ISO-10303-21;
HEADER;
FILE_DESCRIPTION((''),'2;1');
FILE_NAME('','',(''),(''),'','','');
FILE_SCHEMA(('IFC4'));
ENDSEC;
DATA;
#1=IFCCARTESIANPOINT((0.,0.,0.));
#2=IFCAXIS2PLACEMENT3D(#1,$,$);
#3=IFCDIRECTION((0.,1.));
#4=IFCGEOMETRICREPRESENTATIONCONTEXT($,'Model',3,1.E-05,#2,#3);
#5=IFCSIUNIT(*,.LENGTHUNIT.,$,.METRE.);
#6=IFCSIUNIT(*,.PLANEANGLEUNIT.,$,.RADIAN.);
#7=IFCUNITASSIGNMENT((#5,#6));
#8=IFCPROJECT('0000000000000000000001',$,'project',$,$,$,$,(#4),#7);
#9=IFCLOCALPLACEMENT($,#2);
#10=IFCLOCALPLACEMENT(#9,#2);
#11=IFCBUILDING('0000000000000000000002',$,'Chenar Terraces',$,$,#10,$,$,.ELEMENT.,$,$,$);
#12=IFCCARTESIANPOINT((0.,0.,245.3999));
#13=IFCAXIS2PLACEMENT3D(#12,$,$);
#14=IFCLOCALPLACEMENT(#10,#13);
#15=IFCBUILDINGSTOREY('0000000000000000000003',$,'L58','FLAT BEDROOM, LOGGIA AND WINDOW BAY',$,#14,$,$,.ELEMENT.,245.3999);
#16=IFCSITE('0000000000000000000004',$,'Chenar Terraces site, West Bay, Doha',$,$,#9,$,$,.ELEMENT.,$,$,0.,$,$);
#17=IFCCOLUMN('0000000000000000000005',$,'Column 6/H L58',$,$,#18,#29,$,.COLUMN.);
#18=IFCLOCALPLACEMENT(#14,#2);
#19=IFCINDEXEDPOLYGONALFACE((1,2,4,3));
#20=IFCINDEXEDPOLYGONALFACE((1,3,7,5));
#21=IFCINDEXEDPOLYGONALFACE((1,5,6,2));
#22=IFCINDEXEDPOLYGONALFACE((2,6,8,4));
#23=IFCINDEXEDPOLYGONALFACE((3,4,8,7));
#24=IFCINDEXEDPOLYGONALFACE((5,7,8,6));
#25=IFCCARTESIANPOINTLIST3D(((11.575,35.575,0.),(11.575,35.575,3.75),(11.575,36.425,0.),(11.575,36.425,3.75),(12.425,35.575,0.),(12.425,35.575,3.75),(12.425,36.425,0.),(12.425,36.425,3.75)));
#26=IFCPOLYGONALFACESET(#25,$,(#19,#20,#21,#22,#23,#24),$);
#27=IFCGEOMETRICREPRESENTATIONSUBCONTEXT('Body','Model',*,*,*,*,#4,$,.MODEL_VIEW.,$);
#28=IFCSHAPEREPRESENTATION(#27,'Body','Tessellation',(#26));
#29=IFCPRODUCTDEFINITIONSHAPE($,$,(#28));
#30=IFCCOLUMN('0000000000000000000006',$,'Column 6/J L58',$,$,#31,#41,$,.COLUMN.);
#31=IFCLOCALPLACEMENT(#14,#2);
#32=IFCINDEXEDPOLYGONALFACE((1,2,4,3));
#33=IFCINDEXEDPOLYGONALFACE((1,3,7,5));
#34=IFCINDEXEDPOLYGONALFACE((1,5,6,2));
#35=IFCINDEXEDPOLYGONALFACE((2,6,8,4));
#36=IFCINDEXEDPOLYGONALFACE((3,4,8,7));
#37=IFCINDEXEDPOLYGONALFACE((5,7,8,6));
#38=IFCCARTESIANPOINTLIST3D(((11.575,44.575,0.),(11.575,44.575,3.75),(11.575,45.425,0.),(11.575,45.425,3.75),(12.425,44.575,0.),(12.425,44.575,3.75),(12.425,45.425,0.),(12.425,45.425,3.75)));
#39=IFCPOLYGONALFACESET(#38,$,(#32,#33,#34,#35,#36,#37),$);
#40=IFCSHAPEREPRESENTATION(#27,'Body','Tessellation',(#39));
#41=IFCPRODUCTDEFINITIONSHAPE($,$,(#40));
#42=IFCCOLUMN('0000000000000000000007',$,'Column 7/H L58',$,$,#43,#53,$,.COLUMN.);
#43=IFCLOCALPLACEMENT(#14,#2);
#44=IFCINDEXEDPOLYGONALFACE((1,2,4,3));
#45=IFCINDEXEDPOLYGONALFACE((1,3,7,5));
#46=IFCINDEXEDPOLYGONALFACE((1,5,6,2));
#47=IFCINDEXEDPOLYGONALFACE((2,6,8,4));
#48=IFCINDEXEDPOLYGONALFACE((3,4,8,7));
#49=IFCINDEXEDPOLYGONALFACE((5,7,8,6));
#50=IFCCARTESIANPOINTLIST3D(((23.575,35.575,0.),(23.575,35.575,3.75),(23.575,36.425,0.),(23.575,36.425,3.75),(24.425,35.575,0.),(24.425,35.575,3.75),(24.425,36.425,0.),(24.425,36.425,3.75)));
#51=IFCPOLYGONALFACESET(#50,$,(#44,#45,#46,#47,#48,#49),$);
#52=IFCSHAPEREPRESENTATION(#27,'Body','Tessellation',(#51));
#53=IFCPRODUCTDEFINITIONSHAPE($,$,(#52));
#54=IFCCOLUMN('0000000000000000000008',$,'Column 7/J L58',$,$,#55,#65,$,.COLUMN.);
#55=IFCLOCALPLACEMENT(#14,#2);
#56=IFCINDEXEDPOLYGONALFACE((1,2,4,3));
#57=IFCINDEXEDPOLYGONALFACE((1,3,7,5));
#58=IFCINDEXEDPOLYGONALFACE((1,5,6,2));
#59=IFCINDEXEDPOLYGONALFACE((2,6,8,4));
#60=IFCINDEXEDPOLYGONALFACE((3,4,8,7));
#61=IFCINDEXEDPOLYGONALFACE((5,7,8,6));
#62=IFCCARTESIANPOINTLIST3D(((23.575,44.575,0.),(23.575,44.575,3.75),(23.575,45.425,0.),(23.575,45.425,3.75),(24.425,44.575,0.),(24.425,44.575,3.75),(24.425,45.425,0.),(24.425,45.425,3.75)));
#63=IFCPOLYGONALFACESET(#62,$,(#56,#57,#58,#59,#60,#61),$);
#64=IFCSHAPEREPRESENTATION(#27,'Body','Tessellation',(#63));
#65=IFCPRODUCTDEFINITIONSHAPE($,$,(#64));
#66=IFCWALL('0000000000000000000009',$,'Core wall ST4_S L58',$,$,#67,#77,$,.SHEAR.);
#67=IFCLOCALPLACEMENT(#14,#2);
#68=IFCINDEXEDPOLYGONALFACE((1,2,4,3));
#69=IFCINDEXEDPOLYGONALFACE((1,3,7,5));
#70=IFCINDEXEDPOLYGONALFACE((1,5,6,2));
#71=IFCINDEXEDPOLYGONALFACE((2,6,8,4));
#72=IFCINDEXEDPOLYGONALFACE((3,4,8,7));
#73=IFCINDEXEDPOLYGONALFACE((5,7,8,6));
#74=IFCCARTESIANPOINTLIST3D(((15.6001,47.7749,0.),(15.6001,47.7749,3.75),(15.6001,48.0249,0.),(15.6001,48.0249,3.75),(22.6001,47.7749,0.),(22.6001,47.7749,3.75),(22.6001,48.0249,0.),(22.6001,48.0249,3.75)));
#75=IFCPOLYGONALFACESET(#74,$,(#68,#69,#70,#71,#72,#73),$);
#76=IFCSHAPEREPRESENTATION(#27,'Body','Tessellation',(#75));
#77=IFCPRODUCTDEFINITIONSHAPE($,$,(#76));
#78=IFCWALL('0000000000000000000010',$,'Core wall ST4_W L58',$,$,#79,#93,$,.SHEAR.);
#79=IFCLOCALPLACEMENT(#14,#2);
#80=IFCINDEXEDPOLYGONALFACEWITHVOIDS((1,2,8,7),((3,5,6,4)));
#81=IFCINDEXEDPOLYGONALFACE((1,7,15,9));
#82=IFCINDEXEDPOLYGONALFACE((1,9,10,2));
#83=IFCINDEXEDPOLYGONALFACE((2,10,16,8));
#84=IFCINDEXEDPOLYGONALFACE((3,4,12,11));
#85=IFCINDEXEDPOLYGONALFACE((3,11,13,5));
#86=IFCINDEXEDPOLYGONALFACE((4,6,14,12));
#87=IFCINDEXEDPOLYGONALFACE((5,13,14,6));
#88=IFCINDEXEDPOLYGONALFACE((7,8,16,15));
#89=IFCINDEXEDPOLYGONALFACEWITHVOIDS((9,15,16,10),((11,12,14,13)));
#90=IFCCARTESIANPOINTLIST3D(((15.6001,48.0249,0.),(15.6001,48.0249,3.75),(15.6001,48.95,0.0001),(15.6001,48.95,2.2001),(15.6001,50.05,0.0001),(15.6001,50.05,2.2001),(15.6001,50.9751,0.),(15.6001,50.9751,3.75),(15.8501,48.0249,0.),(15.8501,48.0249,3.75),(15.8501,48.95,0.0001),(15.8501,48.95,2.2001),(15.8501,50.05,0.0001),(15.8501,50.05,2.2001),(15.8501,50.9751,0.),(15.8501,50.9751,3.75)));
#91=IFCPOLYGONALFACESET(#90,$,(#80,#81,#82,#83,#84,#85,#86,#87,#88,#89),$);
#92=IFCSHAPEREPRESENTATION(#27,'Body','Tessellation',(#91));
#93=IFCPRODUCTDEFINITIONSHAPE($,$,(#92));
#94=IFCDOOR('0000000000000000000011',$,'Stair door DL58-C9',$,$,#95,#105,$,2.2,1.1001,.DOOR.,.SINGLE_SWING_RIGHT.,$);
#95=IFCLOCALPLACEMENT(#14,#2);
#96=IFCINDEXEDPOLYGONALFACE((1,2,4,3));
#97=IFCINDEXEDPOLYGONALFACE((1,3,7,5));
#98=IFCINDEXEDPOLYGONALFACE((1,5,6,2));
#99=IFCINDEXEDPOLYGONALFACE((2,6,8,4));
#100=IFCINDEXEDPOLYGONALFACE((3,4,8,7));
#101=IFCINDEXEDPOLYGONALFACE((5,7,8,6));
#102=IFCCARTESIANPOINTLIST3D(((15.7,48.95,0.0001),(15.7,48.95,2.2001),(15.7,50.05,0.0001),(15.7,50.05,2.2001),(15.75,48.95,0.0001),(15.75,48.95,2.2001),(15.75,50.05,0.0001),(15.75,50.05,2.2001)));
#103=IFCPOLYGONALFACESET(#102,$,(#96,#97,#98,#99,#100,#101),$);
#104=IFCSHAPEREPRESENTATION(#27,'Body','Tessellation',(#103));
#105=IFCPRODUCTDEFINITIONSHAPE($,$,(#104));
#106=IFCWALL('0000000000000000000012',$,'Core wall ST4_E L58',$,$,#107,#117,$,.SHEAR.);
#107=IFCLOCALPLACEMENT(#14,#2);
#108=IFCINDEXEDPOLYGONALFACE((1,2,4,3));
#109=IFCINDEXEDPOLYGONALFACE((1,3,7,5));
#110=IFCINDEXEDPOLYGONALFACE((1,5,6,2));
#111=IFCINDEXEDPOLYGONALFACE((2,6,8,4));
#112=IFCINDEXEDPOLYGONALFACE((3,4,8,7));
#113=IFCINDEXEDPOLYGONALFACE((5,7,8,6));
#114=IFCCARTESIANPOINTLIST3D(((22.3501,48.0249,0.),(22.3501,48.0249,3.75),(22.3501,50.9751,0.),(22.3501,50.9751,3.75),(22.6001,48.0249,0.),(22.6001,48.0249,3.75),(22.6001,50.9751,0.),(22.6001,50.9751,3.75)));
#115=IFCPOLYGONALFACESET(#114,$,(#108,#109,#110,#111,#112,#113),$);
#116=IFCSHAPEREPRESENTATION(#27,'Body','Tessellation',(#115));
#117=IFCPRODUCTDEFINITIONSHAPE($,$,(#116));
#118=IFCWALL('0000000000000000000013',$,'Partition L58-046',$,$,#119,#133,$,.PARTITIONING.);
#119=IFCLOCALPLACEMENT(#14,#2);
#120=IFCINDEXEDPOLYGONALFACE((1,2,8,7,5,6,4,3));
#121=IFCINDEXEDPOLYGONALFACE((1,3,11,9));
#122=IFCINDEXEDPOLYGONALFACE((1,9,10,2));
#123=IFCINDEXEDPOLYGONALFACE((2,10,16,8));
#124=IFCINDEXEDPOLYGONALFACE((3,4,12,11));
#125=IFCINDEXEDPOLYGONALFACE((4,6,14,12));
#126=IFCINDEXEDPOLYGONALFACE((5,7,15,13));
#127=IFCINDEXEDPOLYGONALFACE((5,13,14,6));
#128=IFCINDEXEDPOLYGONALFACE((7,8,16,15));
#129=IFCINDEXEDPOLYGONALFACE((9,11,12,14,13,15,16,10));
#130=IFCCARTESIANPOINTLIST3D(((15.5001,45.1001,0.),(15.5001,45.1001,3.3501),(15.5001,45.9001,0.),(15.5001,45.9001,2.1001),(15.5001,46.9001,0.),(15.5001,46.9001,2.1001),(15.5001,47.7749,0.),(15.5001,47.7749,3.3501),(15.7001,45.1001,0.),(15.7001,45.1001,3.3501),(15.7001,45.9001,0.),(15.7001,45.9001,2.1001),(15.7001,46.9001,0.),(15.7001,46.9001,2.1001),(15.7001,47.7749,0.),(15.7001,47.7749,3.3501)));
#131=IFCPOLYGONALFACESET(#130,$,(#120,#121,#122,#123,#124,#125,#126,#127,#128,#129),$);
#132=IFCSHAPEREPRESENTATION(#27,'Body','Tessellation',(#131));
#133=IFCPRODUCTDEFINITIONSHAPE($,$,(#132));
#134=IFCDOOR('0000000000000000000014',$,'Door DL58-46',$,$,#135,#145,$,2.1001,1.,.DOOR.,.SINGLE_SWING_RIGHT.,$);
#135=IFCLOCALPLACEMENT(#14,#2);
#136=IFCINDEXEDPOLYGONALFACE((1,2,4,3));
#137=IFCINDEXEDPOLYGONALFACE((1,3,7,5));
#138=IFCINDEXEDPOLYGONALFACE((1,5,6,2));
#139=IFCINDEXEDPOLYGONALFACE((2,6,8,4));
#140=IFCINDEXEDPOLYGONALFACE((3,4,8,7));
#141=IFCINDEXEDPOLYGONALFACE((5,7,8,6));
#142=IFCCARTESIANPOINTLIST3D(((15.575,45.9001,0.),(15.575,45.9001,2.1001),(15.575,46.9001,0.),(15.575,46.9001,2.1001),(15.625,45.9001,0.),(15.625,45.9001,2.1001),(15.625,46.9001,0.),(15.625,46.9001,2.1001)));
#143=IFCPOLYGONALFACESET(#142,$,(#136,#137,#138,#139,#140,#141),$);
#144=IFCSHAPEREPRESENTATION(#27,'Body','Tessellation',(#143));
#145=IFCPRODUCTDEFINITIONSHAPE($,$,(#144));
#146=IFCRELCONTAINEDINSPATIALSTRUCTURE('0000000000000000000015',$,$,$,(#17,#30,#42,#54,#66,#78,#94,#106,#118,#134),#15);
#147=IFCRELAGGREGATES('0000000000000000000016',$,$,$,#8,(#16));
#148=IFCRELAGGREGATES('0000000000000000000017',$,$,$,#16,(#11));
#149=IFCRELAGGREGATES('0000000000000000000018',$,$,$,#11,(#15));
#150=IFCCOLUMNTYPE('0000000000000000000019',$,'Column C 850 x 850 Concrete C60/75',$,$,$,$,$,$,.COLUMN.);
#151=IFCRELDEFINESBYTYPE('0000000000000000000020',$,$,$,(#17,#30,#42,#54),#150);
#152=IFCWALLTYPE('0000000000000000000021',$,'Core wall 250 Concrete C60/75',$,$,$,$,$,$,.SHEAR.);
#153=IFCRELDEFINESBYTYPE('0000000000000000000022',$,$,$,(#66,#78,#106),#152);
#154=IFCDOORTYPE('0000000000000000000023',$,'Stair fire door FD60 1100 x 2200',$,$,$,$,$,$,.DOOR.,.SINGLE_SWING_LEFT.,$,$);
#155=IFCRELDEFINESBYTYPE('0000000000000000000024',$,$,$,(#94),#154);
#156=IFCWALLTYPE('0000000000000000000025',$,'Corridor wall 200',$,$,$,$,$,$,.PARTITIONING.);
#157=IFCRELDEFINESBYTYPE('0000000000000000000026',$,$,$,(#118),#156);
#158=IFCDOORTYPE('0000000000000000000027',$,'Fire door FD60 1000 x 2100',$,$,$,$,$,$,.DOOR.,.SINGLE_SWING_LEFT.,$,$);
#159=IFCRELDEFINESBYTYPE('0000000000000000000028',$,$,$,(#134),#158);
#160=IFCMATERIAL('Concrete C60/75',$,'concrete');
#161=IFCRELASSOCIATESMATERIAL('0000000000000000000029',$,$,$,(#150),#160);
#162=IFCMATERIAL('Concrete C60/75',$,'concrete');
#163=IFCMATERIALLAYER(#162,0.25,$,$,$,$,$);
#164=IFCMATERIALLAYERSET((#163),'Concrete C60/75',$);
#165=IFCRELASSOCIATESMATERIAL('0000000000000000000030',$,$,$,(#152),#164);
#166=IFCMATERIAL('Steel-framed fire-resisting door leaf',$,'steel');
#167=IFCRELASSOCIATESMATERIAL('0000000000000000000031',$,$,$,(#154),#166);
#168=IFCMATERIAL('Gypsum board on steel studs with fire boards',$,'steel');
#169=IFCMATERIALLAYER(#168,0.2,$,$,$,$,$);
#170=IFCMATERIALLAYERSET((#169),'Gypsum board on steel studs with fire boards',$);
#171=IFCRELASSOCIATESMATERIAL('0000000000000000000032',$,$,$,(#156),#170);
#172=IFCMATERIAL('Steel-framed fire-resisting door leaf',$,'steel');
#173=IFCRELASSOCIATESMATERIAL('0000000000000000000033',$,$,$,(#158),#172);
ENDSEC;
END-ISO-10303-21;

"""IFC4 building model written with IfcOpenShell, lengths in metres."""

from ifc_helpers import new_model, si_unit, direction, frame, frame_2d, origin, origin_2d, place, context, subcontext, project, spatial, rectangle, extrude, material, layer, layer_set, material_profile, profile_set, type_object, element, fill, save


model = new_model("IFC4")

# Units and contexts
model_context = context("Model", 3, precision=1e-05, world=origin(), true_north=direction((0.0, 1.0)))
body_context = subcontext(model_context, "Body", "Model", "MODEL_VIEW")
ifc_project = project(units=[si_unit("LENGTHUNIT", "METRE"), si_unit("PLANEANGLEUNIT", "RADIAN")], contexts=[model_context])

# Site, building, storey
site_placement = place(None, origin())
site = spatial("IfcSite", under=ifc_project, at=site_placement, Name="Chenar Terraces site, West Bay, Doha", CompositionType="ELEMENT", RefElevation=0.0)
building_placement = place(site_placement, origin())
building = spatial("IfcBuilding", under=site, at=building_placement, Name="Chenar Terraces", CompositionType="ELEMENT")
storey_placement = place(building_placement, frame((0.0, 0.0, 245.3999)))
storey = spatial("IfcBuildingStorey", under=building, at=storey_placement, Name="L58", Description="FLAT BEDROOM, LOGGIA AND WINDOW BAY", CompositionType="ELEMENT", Elevation=245.3999)

# Columns
ifc_material_1 = material(Name="Concrete C60/75", Category="concrete")
ifc_material_profile = material_profile(ifc_material_1, rectangle(XDim=0.8501, YDim=0.8501, at=origin_2d()), Name="C 850 x 850")
ifc_profile_set = profile_set([ifc_material_profile], Name="Concrete C60/75")
column_type = type_object("IfcColumnType", Name="Column C 850 x 850 Concrete C60/75", PredefinedType="COLUMN", material=ifc_profile_set)
for number, where, z_axis, x_axis, name in (
    (1, (12.0, 36.0, 0.0), (0.0, 0.0, 1.0), (1.0, 0.0, 0.0), "Column 6/H L58"),
    (2, (12.0, 45.0, 0.0), (0.0, 0.0, 1.0), (1.0, 0.0, 0.0), "Column 6/J L58"),
    (3, (24.0, 36.0, 0.0), (0.0, 0.0, 1.0), (1.0, 0.0, 0.0), "Column 7/H L58"),
    (4, (24.0, 45.0, 0.0), (0.0, 0.0, 1.0), (1.0, 0.0, 0.0), "Column 7/J L58"),
):
    element("IfcColumn", number, at=place(storey_placement, frame(where, z_axis=z_axis, x_axis=x_axis)), inside=storey, type_object=column_type, Name=name, PredefinedType="COLUMN", context=body_context, shape_type="SweptSolid", body=[
        extrude(rectangle(XDim=0.8501, YDim=0.8501, at=origin_2d()), origin(), (0.0, 0.0, 1.0), 3.75),
    ])

# Wall
ifc_material_2 = material(Name="Concrete C60/75", Category="concrete")
ifc_layer_1 = layer(ifc_material_2, 0.25)
ifc_layer_set_1 = layer_set([ifc_layer_1], Name="Concrete C60/75")
wall_type_1 = type_object("IfcWallType", Name="Core wall 250 Concrete C60/75", PredefinedType="SHEAR", material=ifc_layer_set_1)
wall_1_placement = place(storey_placement, frame((15.6001, 47.8999, 0.0), z_axis=(0.0, 0.0, 1.0), x_axis=(1.0, 0.0, 0.0)))
element("IfcWall", 5, at=wall_1_placement, inside=storey, type_object=wall_type_1, Name="Core wall ST4_S L58", PredefinedType="SHEAR", context=body_context, shape_type="SweptSolid", body=[
    extrude(rectangle(XDim=7.0, YDim=0.25, at=frame_2d((3.5, 0.0))), origin(), (0.0, 0.0, 1.0), 3.75),
])

# Wall, opening, door
wall_2_placement = place(storey_placement, frame((15.7251, 48.0249, 0.0), z_axis=(0.0, 0.0, 1.0), x_axis=(0.0, 1.0, 0.0)))
wall_2 = element("IfcWall", 6, at=wall_2_placement, inside=storey, type_object=wall_type_1, Name="Core wall ST4_W L58", PredefinedType="SHEAR", context=body_context, shape_type="SweptSolid", body=[
    extrude(rectangle(XDim=2.9502, YDim=0.25, at=frame_2d((1.4751, 0.0))), origin(), (0.0, 0.0, 1.0), 3.75),
])
opening_1_placement = place(wall_2_placement, frame((0.925, 0.0, 0.0)))
opening_1 = element("IfcOpeningElement", 7, at=opening_1_placement, cuts=wall_2, PredefinedType="OPENING", context=body_context, shape_type="SweptSolid", body=[
    extrude(rectangle(XDim=1.1001, YDim=2.2, at=frame_2d((0.55, 1.1001))), frame((0.0, 0.135, 0.0), z_axis=(0.0, -1.0, 0.0), x_axis=(1.0, 0.0, 0.0)), (0.0, 0.0, 1.0), 0.27),
])
ifc_material_3 = material(Name="Steel-framed fire-resisting door leaf", Category="steel")
door_type_1 = type_object("IfcDoorType", Name="Stair fire door FD60 1100 x 2200", OperationType="SINGLE_SWING_LEFT", PredefinedType="DOOR", material=ifc_material_3)
door_1_placement = place(opening_1_placement, frame((1.1001, 0.0, 0.0), z_axis=(0.0, 0.0, 1.0), x_axis=(-1.0, 0.0, 0.0)))
door_1 = element("IfcDoor", 8, at=door_1_placement, inside=storey, type_object=door_type_1, Name="Stair door DL58-C9", OperationType="SINGLE_SWING_RIGHT", OverallHeight=2.2, OverallWidth=1.1001, PredefinedType="DOOR", context=body_context, shape_type="SweptSolid", body=[
    extrude(rectangle(XDim=1.1001, YDim=2.2, at=frame_2d((0.55, 1.1001))), frame((0.0, 0.0249, 0.0), z_axis=(0.0, -1.0, 0.0), x_axis=(1.0, 0.0, 0.0)), (0.0, 0.0, 1.0), 0.05),
])
fill(opening_1, door_1)

# Wall
wall_3_placement = place(storey_placement, frame((22.4751, 48.0249, 0.0), z_axis=(0.0, 0.0, 1.0), x_axis=(0.0, 1.0, 0.0)))
element("IfcWall", 9, at=wall_3_placement, inside=storey, type_object=wall_type_1, Name="Core wall ST4_E L58", PredefinedType="SHEAR", context=body_context, shape_type="SweptSolid", body=[
    extrude(rectangle(XDim=2.9502, YDim=0.25, at=frame_2d((1.4751, 0.0))), origin(), (0.0, 0.0, 1.0), 3.75),
])

# Wall, opening, door
ifc_material_4 = material(Name="Gypsum board on steel studs with fire boards", Category="steel")
ifc_layer_2 = layer(ifc_material_4, 0.2)
ifc_layer_set_2 = layer_set([ifc_layer_2], Name="Gypsum board on steel studs with fire boards")
wall_type_2 = type_object("IfcWallType", Name="Corridor wall 200", PredefinedType="PARTITIONING", material=ifc_layer_set_2)
wall_4_placement = place(storey_placement, frame((15.6001, 45.1001, 0.0), z_axis=(0.0, 0.0, 1.0), x_axis=(0.0, 1.0, 0.0)))
wall_4 = element("IfcWall", 10, at=wall_4_placement, inside=storey, type_object=wall_type_2, Name="Partition L58-046", PredefinedType="PARTITIONING", context=body_context, shape_type="SweptSolid", body=[
    extrude(rectangle(XDim=2.6748, YDim=0.2, at=frame_2d((1.3374, 0.0))), origin(), (0.0, 0.0, 1.0), 3.3501),
])
opening_2_placement = place(wall_4_placement, frame((0.8, 0.0, 0.0)))
opening_2 = element("IfcOpeningElement", 11, at=opening_2_placement, cuts=wall_4, PredefinedType="OPENING", context=body_context, shape_type="SweptSolid", body=[
    extrude(rectangle(XDim=1.0, YDim=2.1001, at=frame_2d((0.5, 1.05))), frame((0.0, 0.1099, 0.0), z_axis=(0.0, -1.0, 0.0), x_axis=(1.0, 0.0, 0.0)), (0.0, 0.0, 1.0), 0.22),
])
ifc_material_5 = material(Name="Steel-framed fire-resisting door leaf", Category="steel")
door_type_2 = type_object("IfcDoorType", Name="Fire door FD60 1000 x 2100", OperationType="SINGLE_SWING_LEFT", PredefinedType="DOOR", material=ifc_material_5)
door_2_placement = place(opening_2_placement, frame((1.0, 0.0, 0.0), z_axis=(0.0, 0.0, 1.0), x_axis=(-1.0, 0.0, 0.0)))
door_2 = element("IfcDoor", 12, at=door_2_placement, inside=storey, type_object=door_type_2, Name="Door DL58-46", OperationType="SINGLE_SWING_RIGHT", OverallHeight=2.1001, OverallWidth=1.0, PredefinedType="DOOR", context=body_context, shape_type="SweptSolid", body=[
    extrude(rectangle(XDim=1.0, YDim=2.1001, at=frame_2d((0.5, 1.05))), frame((0.0, 0.0249, 0.0), z_axis=(0.0, -1.0, 0.0), x_axis=(1.0, 0.0, 0.0)), (0.0, 0.0, 1.0), 0.05),
])
fill(opening_2, door_2)

save(model, "model.ifc")
